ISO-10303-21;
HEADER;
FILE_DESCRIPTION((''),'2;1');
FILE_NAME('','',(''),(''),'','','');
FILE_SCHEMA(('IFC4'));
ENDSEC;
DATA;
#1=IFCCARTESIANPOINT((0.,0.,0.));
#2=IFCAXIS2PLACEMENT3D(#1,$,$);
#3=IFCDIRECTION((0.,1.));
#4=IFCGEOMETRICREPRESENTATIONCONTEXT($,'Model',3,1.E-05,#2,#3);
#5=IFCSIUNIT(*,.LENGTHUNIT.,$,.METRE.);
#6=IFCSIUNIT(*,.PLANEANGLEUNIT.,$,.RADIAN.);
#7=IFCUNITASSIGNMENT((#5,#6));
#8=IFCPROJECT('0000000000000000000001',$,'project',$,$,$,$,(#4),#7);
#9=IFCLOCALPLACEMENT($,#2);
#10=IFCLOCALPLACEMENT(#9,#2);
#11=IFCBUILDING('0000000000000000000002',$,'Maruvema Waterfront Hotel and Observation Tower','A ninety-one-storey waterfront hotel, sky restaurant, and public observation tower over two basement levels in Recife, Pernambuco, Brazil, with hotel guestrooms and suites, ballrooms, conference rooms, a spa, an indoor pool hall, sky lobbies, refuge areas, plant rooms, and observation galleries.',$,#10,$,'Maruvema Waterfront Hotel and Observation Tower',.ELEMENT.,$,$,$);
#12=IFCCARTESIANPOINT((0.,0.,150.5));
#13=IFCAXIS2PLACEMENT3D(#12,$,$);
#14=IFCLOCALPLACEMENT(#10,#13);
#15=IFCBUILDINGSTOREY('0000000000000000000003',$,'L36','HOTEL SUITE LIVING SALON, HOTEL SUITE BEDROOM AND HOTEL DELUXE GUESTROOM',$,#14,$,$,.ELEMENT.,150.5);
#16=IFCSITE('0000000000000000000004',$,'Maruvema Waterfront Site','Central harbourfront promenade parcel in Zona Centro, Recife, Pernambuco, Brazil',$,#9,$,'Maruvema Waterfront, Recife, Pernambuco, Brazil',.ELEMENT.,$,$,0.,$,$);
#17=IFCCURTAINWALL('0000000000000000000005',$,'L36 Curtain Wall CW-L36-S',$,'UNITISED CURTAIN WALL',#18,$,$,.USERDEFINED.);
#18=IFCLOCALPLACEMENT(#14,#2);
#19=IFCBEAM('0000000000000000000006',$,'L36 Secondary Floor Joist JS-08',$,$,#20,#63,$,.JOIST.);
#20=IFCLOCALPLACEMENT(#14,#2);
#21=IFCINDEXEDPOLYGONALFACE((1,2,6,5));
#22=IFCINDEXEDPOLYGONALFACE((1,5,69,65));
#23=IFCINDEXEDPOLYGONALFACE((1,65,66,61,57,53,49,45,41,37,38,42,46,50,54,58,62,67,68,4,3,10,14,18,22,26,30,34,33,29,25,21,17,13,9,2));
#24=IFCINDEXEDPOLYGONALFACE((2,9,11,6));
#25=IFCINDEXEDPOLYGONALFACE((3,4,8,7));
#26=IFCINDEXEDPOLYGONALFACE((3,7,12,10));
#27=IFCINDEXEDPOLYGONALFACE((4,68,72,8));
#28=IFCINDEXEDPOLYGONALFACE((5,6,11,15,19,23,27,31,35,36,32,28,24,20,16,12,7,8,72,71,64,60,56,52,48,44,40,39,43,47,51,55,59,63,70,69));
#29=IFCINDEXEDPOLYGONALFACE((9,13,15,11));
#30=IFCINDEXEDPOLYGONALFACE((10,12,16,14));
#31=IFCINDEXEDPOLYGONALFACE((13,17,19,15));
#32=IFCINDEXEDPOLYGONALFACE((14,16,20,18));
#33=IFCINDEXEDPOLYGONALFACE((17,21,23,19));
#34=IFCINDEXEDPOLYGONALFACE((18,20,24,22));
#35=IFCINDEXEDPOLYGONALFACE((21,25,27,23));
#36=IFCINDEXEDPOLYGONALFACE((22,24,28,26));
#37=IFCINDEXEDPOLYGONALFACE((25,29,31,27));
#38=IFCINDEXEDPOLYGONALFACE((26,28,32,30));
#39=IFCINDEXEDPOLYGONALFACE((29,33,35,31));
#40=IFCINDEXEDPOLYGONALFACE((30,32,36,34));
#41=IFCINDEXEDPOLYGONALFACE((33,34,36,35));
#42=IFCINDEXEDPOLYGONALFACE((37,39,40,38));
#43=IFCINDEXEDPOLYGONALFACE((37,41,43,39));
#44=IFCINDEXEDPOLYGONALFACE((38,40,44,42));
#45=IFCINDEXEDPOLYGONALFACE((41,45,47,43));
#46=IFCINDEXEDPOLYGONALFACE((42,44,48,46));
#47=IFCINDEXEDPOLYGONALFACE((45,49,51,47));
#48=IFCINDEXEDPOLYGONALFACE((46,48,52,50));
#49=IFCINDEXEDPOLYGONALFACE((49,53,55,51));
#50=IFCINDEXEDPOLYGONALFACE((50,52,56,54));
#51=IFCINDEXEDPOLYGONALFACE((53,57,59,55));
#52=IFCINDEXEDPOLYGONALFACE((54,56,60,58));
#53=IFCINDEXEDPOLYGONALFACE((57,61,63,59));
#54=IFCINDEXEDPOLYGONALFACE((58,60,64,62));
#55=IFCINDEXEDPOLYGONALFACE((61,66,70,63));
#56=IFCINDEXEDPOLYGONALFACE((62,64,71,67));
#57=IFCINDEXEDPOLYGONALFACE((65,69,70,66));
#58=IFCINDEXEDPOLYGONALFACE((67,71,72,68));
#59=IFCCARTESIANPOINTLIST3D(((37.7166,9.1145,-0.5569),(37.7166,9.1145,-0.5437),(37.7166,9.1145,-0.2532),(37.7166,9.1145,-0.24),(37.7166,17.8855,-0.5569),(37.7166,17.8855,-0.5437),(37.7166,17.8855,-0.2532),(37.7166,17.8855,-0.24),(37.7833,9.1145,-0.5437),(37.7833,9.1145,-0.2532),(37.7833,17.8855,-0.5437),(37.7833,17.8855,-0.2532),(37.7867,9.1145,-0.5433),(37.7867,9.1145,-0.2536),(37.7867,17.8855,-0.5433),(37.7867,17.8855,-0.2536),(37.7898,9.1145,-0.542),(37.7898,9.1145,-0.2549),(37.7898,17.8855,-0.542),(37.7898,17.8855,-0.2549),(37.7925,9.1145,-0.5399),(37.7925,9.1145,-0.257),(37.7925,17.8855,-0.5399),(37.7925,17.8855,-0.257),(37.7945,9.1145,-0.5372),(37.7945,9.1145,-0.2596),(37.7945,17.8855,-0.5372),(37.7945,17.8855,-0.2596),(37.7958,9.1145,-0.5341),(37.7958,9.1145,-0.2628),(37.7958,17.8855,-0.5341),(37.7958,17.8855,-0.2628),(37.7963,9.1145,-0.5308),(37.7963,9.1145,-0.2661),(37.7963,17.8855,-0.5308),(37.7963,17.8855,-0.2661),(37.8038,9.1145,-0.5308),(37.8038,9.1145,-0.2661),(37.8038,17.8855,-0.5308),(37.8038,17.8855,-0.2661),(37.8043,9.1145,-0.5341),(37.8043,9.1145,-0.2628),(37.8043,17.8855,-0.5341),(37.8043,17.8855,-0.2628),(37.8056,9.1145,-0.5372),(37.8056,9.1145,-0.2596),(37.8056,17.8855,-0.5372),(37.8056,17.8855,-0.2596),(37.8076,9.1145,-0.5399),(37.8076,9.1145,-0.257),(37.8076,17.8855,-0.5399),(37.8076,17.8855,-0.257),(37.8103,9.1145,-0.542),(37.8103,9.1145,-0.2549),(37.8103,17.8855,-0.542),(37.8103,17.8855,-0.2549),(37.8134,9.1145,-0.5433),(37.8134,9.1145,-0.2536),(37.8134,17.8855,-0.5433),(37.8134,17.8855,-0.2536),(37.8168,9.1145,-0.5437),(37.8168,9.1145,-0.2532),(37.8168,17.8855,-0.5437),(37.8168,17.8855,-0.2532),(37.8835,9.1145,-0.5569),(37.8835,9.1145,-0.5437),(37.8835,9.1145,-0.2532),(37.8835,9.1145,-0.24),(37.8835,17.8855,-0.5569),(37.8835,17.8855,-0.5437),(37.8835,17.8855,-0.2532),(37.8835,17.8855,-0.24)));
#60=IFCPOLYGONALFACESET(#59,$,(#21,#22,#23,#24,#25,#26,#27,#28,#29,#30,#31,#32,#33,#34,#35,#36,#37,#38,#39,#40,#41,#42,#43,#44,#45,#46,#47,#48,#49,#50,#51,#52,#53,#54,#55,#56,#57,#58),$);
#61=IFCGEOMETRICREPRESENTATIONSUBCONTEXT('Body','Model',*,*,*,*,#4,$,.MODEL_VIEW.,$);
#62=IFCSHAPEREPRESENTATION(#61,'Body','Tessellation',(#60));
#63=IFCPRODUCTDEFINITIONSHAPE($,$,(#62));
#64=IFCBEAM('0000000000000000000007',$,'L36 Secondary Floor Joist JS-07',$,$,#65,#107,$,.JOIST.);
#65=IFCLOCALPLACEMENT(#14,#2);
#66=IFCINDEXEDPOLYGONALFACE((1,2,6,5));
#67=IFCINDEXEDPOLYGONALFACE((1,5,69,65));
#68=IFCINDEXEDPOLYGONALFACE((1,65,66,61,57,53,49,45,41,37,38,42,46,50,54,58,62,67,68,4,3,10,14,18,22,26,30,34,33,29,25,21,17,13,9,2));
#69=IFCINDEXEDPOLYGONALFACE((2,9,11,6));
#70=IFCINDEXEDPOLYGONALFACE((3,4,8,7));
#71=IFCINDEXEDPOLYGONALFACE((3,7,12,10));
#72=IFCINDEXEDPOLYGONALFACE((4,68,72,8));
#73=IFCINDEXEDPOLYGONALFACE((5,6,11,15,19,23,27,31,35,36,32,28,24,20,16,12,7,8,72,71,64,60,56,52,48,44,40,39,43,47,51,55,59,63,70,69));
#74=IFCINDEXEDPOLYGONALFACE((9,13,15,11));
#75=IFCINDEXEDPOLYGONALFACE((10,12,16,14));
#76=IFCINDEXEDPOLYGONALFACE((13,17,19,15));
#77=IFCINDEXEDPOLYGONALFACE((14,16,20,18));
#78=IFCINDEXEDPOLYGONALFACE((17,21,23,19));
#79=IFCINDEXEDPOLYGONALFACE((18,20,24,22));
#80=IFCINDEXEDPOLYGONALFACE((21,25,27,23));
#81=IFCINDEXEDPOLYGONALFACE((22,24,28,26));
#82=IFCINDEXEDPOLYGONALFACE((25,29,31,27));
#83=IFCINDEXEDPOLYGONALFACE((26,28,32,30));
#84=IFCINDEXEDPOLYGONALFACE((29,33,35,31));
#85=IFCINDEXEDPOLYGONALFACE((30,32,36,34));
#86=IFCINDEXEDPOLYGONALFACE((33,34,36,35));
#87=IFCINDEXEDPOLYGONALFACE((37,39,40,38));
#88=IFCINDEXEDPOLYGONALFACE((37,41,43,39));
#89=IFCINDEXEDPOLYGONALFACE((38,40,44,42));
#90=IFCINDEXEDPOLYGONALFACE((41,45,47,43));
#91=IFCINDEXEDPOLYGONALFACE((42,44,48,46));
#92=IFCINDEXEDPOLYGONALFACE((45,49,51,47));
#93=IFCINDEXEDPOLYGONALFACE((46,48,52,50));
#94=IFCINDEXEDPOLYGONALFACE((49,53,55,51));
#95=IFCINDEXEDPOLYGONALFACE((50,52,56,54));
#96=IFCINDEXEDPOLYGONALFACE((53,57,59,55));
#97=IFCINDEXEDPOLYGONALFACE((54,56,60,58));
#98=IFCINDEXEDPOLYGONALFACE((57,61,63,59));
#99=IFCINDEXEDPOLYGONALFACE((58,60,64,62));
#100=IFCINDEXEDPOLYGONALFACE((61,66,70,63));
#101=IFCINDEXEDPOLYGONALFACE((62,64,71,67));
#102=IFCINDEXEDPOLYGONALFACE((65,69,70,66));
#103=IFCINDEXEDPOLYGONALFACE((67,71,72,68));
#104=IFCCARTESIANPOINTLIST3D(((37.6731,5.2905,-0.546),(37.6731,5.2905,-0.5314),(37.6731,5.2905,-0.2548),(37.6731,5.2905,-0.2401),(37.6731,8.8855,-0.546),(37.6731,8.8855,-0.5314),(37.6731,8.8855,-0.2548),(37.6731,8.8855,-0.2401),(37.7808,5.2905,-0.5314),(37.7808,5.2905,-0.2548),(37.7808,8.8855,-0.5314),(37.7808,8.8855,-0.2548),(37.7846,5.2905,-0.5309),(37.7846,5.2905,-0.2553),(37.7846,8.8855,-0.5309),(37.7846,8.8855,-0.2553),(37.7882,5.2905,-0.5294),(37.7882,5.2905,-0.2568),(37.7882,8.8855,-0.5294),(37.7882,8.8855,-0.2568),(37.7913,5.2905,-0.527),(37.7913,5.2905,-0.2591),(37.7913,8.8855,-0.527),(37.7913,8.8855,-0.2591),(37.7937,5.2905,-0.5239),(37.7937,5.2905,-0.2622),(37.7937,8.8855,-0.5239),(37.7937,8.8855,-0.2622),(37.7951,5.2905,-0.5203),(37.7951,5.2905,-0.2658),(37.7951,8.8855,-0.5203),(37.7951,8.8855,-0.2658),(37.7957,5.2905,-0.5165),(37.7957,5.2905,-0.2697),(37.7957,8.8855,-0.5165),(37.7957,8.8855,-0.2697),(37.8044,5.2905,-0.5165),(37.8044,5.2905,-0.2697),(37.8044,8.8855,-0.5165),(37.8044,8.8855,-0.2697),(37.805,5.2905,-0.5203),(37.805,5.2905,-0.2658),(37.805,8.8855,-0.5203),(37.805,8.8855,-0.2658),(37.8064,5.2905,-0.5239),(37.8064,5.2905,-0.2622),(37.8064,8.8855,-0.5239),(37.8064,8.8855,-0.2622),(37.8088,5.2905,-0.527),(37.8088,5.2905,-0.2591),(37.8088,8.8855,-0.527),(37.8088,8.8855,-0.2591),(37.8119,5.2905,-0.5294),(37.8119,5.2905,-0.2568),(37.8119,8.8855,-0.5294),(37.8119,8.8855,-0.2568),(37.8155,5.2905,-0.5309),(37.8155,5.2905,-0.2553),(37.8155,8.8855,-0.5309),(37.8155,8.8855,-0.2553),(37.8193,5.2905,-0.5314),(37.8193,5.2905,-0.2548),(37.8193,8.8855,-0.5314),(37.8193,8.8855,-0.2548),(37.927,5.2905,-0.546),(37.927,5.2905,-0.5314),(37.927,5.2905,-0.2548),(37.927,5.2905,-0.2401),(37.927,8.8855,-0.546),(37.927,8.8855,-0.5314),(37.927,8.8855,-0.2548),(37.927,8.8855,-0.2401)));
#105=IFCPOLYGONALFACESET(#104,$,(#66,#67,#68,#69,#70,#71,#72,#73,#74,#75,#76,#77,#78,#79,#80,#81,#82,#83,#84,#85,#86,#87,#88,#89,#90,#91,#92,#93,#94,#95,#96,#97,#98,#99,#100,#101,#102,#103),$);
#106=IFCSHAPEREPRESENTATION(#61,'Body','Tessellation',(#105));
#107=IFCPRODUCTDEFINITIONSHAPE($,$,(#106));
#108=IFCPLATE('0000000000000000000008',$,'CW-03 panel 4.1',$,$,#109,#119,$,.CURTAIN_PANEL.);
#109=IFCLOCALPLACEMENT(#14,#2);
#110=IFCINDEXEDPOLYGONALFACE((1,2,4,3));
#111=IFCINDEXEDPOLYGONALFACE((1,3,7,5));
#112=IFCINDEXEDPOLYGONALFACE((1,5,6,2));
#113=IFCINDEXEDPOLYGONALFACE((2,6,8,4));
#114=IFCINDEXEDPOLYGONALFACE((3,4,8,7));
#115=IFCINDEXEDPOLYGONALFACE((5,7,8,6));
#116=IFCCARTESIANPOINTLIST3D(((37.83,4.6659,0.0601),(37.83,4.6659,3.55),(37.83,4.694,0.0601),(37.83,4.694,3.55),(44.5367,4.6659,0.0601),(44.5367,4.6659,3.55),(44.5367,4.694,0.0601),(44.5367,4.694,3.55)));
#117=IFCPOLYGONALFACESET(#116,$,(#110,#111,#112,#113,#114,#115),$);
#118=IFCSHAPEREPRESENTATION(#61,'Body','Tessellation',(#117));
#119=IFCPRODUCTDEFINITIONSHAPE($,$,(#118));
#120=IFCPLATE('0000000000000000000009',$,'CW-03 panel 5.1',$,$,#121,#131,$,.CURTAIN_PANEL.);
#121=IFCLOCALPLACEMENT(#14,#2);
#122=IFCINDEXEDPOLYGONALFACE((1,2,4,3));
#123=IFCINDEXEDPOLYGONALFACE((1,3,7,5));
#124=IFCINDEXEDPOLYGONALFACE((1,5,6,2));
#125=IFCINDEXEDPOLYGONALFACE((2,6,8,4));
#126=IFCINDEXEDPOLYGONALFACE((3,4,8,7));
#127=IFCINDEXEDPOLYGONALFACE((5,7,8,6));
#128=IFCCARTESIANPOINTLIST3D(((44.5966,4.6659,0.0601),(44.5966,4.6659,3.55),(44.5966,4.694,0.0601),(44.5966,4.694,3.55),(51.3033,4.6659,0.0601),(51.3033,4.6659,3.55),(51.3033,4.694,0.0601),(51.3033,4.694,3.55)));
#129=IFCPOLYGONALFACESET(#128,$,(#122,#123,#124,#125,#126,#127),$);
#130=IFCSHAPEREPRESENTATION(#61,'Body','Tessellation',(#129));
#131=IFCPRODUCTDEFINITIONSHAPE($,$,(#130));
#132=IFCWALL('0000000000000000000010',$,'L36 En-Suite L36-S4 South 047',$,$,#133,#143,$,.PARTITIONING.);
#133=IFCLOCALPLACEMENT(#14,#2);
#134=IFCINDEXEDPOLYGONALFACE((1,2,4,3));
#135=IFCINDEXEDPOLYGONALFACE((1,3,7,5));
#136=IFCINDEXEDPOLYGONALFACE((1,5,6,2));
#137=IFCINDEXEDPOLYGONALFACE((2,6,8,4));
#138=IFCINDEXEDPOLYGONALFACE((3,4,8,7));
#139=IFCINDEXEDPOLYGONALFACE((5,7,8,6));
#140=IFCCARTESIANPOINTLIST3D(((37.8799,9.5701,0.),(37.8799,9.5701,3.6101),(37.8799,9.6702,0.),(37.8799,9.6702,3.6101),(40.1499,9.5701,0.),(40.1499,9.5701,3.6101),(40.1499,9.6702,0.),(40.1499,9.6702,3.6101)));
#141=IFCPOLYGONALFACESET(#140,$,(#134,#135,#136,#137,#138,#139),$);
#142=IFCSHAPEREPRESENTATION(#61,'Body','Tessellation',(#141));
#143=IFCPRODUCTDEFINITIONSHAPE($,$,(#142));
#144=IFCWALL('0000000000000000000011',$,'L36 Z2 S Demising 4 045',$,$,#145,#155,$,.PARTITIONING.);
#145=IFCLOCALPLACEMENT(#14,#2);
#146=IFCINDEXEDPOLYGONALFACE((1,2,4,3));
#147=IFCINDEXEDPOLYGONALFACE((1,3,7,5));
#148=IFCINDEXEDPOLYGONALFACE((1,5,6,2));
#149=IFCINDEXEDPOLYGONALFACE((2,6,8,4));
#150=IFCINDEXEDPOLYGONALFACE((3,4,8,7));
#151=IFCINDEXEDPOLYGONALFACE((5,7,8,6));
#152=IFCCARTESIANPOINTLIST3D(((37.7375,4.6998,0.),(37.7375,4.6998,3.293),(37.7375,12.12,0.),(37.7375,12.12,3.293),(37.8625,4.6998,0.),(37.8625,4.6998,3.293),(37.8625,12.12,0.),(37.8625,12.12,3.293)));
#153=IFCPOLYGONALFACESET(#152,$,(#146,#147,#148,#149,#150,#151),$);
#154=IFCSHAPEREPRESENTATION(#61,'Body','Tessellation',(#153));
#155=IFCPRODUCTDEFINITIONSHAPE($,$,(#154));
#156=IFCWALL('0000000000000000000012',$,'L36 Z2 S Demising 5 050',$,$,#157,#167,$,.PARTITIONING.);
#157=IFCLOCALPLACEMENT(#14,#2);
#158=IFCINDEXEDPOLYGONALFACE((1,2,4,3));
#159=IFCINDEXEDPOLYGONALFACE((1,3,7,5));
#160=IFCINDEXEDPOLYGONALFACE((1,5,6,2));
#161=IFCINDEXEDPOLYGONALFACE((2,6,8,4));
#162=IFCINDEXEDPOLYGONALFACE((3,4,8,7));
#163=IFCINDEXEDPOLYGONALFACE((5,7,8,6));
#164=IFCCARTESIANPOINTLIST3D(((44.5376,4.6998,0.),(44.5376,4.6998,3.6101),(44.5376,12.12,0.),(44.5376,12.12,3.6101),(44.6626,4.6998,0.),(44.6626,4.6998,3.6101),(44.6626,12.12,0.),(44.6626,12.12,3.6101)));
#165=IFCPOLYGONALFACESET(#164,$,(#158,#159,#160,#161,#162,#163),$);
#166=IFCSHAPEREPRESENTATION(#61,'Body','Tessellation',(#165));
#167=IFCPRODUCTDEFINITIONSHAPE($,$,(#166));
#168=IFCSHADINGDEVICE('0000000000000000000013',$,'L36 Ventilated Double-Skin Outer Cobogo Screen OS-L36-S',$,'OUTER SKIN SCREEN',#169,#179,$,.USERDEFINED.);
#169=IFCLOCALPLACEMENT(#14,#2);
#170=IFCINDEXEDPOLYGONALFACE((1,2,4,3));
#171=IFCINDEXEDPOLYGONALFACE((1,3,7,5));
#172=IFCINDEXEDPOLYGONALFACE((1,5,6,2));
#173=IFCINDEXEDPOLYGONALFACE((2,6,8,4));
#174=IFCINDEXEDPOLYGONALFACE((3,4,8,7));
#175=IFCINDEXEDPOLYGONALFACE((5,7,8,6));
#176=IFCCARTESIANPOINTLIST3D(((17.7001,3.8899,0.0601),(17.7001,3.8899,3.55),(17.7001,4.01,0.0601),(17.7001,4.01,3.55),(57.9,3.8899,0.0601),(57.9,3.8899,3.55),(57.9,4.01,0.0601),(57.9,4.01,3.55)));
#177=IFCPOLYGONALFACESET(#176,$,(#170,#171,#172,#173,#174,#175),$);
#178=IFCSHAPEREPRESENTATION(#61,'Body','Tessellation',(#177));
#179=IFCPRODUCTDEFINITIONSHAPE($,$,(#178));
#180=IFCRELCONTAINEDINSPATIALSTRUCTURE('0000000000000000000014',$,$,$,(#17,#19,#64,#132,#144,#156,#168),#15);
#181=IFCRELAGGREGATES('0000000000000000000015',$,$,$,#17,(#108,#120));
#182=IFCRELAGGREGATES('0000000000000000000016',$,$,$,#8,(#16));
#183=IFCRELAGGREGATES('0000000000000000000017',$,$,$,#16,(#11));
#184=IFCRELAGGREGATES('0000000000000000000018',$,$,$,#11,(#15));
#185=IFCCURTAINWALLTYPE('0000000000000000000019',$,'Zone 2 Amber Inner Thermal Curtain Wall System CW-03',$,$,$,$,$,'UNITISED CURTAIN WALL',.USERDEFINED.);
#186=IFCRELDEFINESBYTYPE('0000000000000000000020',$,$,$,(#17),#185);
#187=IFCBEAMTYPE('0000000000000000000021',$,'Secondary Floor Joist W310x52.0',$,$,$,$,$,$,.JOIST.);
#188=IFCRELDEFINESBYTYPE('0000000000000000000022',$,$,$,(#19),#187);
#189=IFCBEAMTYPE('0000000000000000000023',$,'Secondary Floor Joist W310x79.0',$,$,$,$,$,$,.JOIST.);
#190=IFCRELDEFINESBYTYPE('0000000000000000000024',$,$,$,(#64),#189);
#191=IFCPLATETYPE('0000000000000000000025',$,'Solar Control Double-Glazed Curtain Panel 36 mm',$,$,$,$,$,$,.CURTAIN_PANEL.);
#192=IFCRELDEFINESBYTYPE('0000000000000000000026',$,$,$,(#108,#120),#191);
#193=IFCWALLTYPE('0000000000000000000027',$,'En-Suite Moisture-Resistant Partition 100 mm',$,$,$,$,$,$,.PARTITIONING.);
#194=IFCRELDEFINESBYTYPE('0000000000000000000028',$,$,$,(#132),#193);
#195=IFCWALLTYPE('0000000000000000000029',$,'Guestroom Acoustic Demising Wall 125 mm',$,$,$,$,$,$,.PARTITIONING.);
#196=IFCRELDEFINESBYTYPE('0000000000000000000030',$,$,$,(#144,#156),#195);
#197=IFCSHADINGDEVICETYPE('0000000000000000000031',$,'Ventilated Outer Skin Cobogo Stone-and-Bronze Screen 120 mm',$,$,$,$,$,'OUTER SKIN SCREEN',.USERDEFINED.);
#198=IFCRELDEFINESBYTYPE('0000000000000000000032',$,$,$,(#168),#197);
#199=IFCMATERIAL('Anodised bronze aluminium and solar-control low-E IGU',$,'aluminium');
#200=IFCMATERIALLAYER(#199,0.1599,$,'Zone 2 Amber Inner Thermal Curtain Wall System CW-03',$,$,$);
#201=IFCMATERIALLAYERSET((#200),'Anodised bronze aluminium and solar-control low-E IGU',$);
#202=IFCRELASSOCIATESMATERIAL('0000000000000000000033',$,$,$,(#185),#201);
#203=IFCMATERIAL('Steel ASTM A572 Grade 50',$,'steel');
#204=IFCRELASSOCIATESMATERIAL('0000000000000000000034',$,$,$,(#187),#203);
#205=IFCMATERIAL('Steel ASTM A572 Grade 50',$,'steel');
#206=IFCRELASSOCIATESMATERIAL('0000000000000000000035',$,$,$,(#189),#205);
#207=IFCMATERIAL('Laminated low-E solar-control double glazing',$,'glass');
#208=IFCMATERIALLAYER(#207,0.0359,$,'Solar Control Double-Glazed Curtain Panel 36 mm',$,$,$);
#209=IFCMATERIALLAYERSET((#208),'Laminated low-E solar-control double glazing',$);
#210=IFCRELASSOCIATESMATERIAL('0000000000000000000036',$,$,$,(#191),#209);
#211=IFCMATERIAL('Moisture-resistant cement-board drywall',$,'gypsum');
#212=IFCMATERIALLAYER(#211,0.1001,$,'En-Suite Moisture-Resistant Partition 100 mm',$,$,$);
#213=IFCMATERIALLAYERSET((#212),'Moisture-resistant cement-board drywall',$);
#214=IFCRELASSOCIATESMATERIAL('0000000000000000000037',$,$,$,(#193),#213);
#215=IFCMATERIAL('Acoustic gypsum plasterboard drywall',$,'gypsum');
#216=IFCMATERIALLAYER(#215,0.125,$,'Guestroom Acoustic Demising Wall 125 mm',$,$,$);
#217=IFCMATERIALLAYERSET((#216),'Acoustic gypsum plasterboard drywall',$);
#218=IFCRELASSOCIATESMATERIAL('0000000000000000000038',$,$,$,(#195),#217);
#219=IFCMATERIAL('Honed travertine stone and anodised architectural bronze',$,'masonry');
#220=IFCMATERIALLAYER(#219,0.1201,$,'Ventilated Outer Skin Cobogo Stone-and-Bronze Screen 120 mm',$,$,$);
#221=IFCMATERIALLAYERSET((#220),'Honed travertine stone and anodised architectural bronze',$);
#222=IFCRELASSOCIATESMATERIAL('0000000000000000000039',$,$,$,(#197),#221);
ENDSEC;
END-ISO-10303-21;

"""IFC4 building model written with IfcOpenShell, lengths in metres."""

from ifc_helpers import new_model, si_unit, direction, frame, frame_2d, origin, origin_2d, place, context, subcontext, project, spatial, rectangle, i_section, extrude, material, layer, layer_set, material_profile, profile_set, type_object, element, aggregate, save


model = new_model("IFC4")

# Units and contexts
model_context = context("Model", 3, precision=1e-05, world=origin(), true_north=direction((0.0, 1.0)))
body_context = subcontext(model_context, "Body", "Model", "MODEL_VIEW")
ifc_project = project(units=[si_unit("LENGTHUNIT", "METRE"), si_unit("PLANEANGLEUNIT", "RADIAN")], contexts=[model_context])

# Site, building, storey
site_placement = place(None, origin())
site = spatial("IfcSite", under=ifc_project, at=site_placement, Name="Maruvema Waterfront Site", Description="Central harbourfront promenade parcel in Zona Centro, Recife, Pernambuco, Brazil", LongName="Maruvema Waterfront, Recife, Pernambuco, Brazil", CompositionType="ELEMENT", RefElevation=0.0)
building_placement = place(site_placement, origin())
building = spatial("IfcBuilding", under=site, at=building_placement, Name="Maruvema Waterfront Hotel and Observation Tower", Description="A ninety-one-storey waterfront hotel, sky restaurant, and public observation tower over two basement levels in Recife, Pernambuco, Brazil, with hotel guestrooms and suites, ballrooms, conference rooms, a spa, an indoor pool hall, sky lobbies, refuge areas, plant rooms, and observation galleries.", LongName="Maruvema Waterfront Hotel and Observation Tower", CompositionType="ELEMENT")
storey_placement = place(building_placement, frame((0.0, 0.0, 150.5)))
storey = spatial("IfcBuildingStorey", under=building, at=storey_placement, Name="L36", Description="HOTEL SUITE LIVING SALON, HOTEL SUITE BEDROOM AND HOTEL DELUXE GUESTROOM", CompositionType="ELEMENT", Elevation=150.5)

# Curtain wall
ifc_material_1 = material(Name="Anodised bronze aluminium and solar-control low-E IGU", Category="aluminium")
ifc_layer_1 = layer(ifc_material_1, 0.1599, Name="Zone 2 Amber Inner Thermal Curtain Wall System CW-03")
ifc_layer_set_1 = layer_set([ifc_layer_1], Name="Anodised bronze aluminium and solar-control low-E IGU")
curtain_wall_type = type_object("IfcCurtainWallType", Name="Zone 2 Amber Inner Thermal Curtain Wall System CW-03", ElementType="UNITISED CURTAIN WALL", PredefinedType="USERDEFINED", material=ifc_layer_set_1)
curtain_wall_placement = place(storey_placement, origin())
curtain_wall = element("IfcCurtainWall", 1, at=curtain_wall_placement, inside=storey, type_object=curtain_wall_type, Name="L36 Curtain Wall CW-L36-S", ObjectType="UNITISED CURTAIN WALL", PredefinedType="USERDEFINED")

# Beams
ifc_material_2 = material(Name="Steel ASTM A572 Grade 50", Category="steel")
ifc_material_profile_1 = material_profile(ifc_material_2, i_section(OverallWidth=0.167, OverallDepth=0.3169, WebThickness=0.0076, FlangeThickness=0.0132, FilletRadius=0.0129, at=origin_2d()), Name="W310x52.0")
ifc_profile_set_1 = profile_set([ifc_material_profile_1], Name="Steel ASTM A572 Grade 50")
beam_type_1 = type_object("IfcBeamType", Name="Secondary Floor Joist W310x52.0", PredefinedType="JOIST", material=ifc_profile_set_1)
beam_1_placement = place(storey_placement, frame((37.8, 9.1145, -0.3984), z_axis=(0.0, 1.0, 0.0), x_axis=(-1.0, 0.0, 0.0)))
element("IfcBeam", 2, at=beam_1_placement, inside=storey, type_object=beam_type_1, Name="L36 Secondary Floor Joist JS-08", PredefinedType="JOIST", context=body_context, shape_type="SweptSolid", body=[
    extrude(i_section(OverallWidth=0.167, OverallDepth=0.3169, WebThickness=0.0076, FlangeThickness=0.0132, FilletRadius=0.0129, at=origin_2d()), origin(), (0.0, 0.0, 1.0), 8.771),
])
ifc_material_3 = material(Name="Steel ASTM A572 Grade 50", Category="steel")
ifc_material_profile_2 = material_profile(ifc_material_3, i_section(OverallWidth=0.2539, OverallDepth=0.3059, WebThickness=0.0088, FlangeThickness=0.0146, FilletRadius=0.0149, at=origin_2d()), Name="W310x79.0")
ifc_profile_set_2 = profile_set([ifc_material_profile_2], Name="Steel ASTM A572 Grade 50")
beam_type_2 = type_object("IfcBeamType", Name="Secondary Floor Joist W310x79.0", PredefinedType="JOIST", material=ifc_profile_set_2)
beam_2_placement = place(storey_placement, frame((37.8, 5.2905, -0.3931), z_axis=(0.0, 1.0, 0.0), x_axis=(-1.0, 0.0, 0.0)))
element("IfcBeam", 3, at=beam_2_placement, inside=storey, type_object=beam_type_2, Name="L36 Secondary Floor Joist JS-07", PredefinedType="JOIST", context=body_context, shape_type="SweptSolid", body=[
    extrude(i_section(OverallWidth=0.2539, OverallDepth=0.3059, WebThickness=0.0088, FlangeThickness=0.0146, FilletRadius=0.0149, at=origin_2d()), origin(), (0.0, 0.0, 1.0), 3.595),
])

# Plates
ifc_material_4 = material(Name="Laminated low-E solar-control double glazing", Category="glass")
ifc_layer_2 = layer(ifc_material_4, 0.0359, Name="Solar Control Double-Glazed Curtain Panel 36 mm")
ifc_layer_set_2 = layer_set([ifc_layer_2], Name="Laminated low-E solar-control double glazing")
plate_type = type_object("IfcPlateType", Name="Solar Control Double-Glazed Curtain Panel 36 mm", PredefinedType="CURTAIN_PANEL", material=ifc_layer_set_2)
plate_1_placement = place(storey_placement, frame((41.1833, 4.6799, 0.0601), z_axis=(0.0, 0.0, 1.0), x_axis=(1.0, 0.0, 0.0)))
plate_1 = element("IfcPlate", 4, at=plate_1_placement, type_object=plate_type, Name="CW-03 panel 4.1", PredefinedType="CURTAIN_PANEL", context=body_context, shape_type="SweptSolid", body=[
    extrude(rectangle(XDim=6.7068, YDim=0.0281, at=origin_2d()), origin(), (0.0, 0.0, 1.0), 3.49),
])
plate_2_placement = place(storey_placement, frame((47.95, 4.6799, 0.0601), z_axis=(0.0, 0.0, 1.0), x_axis=(1.0, 0.0, 0.0)))
plate_2 = element("IfcPlate", 5, at=plate_2_placement, type_object=plate_type, Name="CW-03 panel 5.1", PredefinedType="CURTAIN_PANEL", context=body_context, shape_type="SweptSolid", body=[
    extrude(rectangle(XDim=6.7068, YDim=0.0281, at=origin_2d()), origin(), (0.0, 0.0, 1.0), 3.49),
])
aggregate(curtain_wall, [plate_1, plate_2])

# Walls
ifc_material_5 = material(Name="Moisture-resistant cement-board drywall", Category="gypsum")
ifc_layer_3 = layer(ifc_material_5, 0.1001, Name="En-Suite Moisture-Resistant Partition 100 mm")
ifc_layer_set_3 = layer_set([ifc_layer_3], Name="Moisture-resistant cement-board drywall")
wall_type_1 = type_object("IfcWallType", Name="En-Suite Moisture-Resistant Partition 100 mm", PredefinedType="PARTITIONING", material=ifc_layer_set_3)
wall_1_placement = place(storey_placement, frame((37.8799, 9.6201, 0.0), z_axis=(0.0, 0.0, 1.0), x_axis=(1.0, 0.0, 0.0)))
element("IfcWall", 6, at=wall_1_placement, inside=storey, type_object=wall_type_1, Name="L36 En-Suite L36-S4 South 047", PredefinedType="PARTITIONING", context=body_context, shape_type="SweptSolid", body=[
    extrude(rectangle(XDim=2.27, YDim=0.1001, at=frame_2d((1.135, 0.0))), origin(), (0.0, 0.0, 1.0), 3.6101),
])
ifc_material_6 = material(Name="Acoustic gypsum plasterboard drywall", Category="gypsum")
ifc_layer_4 = layer(ifc_material_6, 0.125, Name="Guestroom Acoustic Demising Wall 125 mm")
ifc_layer_set_4 = layer_set([ifc_layer_4], Name="Acoustic gypsum plasterboard drywall")
wall_type_2 = type_object("IfcWallType", Name="Guestroom Acoustic Demising Wall 125 mm", PredefinedType="PARTITIONING", material=ifc_layer_set_4)
wall_2_placement = place(storey_placement, frame((37.8, 4.7, 0.0), z_axis=(0.0, 0.0, 1.0), x_axis=(0.0, 1.0, 0.0)))
element("IfcWall", 7, at=wall_2_placement, inside=storey, type_object=wall_type_2, Name="L36 Z2 S Demising 4 045", PredefinedType="PARTITIONING", context=body_context, shape_type="SweptSolid", body=[
    extrude(rectangle(XDim=7.4202, YDim=0.125, at=frame_2d((3.71, 0.0))), origin(), (0.0, 0.0, 1.0), 3.293),
])
wall_3_placement = place(storey_placement, frame((44.6001, 4.7, 0.0), z_axis=(0.0, 0.0, 1.0), x_axis=(0.0, 1.0, 0.0)))
element("IfcWall", 8, at=wall_3_placement, inside=storey, type_object=wall_type_2, Name="L36 Z2 S Demising 5 050", PredefinedType="PARTITIONING", context=body_context, shape_type="SweptSolid", body=[
    extrude(rectangle(XDim=7.4202, YDim=0.125, at=frame_2d((3.71, 0.0))), origin(), (0.0, 0.0, 1.0), 3.6101),
])

# Shading device
ifc_material_7 = material(Name="Honed travertine stone and anodised architectural bronze", Category="masonry")
ifc_layer_5 = layer(ifc_material_7, 0.1201, Name="Ventilated Outer Skin Cobogo Stone-and-Bronze Screen 120 mm")
ifc_layer_set_5 = layer_set([ifc_layer_5], Name="Honed travertine stone and anodised architectural bronze")
shading_device_type = type_object("IfcShadingDeviceType", Name="Ventilated Outer Skin Cobogo Stone-and-Bronze Screen 120 mm", ElementType="OUTER SKIN SCREEN", PredefinedType="USERDEFINED", material=ifc_layer_set_5)
shading_device_placement = place(storey_placement, frame((37.8, 3.95, 0.0601), z_axis=(0.0, 0.0, 1.0), x_axis=(1.0, 0.0, 0.0)))
element("IfcShadingDevice", 9, at=shading_device_placement, inside=storey, type_object=shading_device_type, Name="L36 Ventilated Double-Skin Outer Cobogo Screen OS-L36-S", ObjectType="OUTER SKIN SCREEN", PredefinedType="USERDEFINED", context=body_context, shape_type="SweptSolid", body=[
    extrude(rectangle(XDim=40.2, YDim=0.1201, at=origin_2d()), origin(), (0.0, 0.0, 1.0), 3.49),
])

save(model, "model.ifc")
